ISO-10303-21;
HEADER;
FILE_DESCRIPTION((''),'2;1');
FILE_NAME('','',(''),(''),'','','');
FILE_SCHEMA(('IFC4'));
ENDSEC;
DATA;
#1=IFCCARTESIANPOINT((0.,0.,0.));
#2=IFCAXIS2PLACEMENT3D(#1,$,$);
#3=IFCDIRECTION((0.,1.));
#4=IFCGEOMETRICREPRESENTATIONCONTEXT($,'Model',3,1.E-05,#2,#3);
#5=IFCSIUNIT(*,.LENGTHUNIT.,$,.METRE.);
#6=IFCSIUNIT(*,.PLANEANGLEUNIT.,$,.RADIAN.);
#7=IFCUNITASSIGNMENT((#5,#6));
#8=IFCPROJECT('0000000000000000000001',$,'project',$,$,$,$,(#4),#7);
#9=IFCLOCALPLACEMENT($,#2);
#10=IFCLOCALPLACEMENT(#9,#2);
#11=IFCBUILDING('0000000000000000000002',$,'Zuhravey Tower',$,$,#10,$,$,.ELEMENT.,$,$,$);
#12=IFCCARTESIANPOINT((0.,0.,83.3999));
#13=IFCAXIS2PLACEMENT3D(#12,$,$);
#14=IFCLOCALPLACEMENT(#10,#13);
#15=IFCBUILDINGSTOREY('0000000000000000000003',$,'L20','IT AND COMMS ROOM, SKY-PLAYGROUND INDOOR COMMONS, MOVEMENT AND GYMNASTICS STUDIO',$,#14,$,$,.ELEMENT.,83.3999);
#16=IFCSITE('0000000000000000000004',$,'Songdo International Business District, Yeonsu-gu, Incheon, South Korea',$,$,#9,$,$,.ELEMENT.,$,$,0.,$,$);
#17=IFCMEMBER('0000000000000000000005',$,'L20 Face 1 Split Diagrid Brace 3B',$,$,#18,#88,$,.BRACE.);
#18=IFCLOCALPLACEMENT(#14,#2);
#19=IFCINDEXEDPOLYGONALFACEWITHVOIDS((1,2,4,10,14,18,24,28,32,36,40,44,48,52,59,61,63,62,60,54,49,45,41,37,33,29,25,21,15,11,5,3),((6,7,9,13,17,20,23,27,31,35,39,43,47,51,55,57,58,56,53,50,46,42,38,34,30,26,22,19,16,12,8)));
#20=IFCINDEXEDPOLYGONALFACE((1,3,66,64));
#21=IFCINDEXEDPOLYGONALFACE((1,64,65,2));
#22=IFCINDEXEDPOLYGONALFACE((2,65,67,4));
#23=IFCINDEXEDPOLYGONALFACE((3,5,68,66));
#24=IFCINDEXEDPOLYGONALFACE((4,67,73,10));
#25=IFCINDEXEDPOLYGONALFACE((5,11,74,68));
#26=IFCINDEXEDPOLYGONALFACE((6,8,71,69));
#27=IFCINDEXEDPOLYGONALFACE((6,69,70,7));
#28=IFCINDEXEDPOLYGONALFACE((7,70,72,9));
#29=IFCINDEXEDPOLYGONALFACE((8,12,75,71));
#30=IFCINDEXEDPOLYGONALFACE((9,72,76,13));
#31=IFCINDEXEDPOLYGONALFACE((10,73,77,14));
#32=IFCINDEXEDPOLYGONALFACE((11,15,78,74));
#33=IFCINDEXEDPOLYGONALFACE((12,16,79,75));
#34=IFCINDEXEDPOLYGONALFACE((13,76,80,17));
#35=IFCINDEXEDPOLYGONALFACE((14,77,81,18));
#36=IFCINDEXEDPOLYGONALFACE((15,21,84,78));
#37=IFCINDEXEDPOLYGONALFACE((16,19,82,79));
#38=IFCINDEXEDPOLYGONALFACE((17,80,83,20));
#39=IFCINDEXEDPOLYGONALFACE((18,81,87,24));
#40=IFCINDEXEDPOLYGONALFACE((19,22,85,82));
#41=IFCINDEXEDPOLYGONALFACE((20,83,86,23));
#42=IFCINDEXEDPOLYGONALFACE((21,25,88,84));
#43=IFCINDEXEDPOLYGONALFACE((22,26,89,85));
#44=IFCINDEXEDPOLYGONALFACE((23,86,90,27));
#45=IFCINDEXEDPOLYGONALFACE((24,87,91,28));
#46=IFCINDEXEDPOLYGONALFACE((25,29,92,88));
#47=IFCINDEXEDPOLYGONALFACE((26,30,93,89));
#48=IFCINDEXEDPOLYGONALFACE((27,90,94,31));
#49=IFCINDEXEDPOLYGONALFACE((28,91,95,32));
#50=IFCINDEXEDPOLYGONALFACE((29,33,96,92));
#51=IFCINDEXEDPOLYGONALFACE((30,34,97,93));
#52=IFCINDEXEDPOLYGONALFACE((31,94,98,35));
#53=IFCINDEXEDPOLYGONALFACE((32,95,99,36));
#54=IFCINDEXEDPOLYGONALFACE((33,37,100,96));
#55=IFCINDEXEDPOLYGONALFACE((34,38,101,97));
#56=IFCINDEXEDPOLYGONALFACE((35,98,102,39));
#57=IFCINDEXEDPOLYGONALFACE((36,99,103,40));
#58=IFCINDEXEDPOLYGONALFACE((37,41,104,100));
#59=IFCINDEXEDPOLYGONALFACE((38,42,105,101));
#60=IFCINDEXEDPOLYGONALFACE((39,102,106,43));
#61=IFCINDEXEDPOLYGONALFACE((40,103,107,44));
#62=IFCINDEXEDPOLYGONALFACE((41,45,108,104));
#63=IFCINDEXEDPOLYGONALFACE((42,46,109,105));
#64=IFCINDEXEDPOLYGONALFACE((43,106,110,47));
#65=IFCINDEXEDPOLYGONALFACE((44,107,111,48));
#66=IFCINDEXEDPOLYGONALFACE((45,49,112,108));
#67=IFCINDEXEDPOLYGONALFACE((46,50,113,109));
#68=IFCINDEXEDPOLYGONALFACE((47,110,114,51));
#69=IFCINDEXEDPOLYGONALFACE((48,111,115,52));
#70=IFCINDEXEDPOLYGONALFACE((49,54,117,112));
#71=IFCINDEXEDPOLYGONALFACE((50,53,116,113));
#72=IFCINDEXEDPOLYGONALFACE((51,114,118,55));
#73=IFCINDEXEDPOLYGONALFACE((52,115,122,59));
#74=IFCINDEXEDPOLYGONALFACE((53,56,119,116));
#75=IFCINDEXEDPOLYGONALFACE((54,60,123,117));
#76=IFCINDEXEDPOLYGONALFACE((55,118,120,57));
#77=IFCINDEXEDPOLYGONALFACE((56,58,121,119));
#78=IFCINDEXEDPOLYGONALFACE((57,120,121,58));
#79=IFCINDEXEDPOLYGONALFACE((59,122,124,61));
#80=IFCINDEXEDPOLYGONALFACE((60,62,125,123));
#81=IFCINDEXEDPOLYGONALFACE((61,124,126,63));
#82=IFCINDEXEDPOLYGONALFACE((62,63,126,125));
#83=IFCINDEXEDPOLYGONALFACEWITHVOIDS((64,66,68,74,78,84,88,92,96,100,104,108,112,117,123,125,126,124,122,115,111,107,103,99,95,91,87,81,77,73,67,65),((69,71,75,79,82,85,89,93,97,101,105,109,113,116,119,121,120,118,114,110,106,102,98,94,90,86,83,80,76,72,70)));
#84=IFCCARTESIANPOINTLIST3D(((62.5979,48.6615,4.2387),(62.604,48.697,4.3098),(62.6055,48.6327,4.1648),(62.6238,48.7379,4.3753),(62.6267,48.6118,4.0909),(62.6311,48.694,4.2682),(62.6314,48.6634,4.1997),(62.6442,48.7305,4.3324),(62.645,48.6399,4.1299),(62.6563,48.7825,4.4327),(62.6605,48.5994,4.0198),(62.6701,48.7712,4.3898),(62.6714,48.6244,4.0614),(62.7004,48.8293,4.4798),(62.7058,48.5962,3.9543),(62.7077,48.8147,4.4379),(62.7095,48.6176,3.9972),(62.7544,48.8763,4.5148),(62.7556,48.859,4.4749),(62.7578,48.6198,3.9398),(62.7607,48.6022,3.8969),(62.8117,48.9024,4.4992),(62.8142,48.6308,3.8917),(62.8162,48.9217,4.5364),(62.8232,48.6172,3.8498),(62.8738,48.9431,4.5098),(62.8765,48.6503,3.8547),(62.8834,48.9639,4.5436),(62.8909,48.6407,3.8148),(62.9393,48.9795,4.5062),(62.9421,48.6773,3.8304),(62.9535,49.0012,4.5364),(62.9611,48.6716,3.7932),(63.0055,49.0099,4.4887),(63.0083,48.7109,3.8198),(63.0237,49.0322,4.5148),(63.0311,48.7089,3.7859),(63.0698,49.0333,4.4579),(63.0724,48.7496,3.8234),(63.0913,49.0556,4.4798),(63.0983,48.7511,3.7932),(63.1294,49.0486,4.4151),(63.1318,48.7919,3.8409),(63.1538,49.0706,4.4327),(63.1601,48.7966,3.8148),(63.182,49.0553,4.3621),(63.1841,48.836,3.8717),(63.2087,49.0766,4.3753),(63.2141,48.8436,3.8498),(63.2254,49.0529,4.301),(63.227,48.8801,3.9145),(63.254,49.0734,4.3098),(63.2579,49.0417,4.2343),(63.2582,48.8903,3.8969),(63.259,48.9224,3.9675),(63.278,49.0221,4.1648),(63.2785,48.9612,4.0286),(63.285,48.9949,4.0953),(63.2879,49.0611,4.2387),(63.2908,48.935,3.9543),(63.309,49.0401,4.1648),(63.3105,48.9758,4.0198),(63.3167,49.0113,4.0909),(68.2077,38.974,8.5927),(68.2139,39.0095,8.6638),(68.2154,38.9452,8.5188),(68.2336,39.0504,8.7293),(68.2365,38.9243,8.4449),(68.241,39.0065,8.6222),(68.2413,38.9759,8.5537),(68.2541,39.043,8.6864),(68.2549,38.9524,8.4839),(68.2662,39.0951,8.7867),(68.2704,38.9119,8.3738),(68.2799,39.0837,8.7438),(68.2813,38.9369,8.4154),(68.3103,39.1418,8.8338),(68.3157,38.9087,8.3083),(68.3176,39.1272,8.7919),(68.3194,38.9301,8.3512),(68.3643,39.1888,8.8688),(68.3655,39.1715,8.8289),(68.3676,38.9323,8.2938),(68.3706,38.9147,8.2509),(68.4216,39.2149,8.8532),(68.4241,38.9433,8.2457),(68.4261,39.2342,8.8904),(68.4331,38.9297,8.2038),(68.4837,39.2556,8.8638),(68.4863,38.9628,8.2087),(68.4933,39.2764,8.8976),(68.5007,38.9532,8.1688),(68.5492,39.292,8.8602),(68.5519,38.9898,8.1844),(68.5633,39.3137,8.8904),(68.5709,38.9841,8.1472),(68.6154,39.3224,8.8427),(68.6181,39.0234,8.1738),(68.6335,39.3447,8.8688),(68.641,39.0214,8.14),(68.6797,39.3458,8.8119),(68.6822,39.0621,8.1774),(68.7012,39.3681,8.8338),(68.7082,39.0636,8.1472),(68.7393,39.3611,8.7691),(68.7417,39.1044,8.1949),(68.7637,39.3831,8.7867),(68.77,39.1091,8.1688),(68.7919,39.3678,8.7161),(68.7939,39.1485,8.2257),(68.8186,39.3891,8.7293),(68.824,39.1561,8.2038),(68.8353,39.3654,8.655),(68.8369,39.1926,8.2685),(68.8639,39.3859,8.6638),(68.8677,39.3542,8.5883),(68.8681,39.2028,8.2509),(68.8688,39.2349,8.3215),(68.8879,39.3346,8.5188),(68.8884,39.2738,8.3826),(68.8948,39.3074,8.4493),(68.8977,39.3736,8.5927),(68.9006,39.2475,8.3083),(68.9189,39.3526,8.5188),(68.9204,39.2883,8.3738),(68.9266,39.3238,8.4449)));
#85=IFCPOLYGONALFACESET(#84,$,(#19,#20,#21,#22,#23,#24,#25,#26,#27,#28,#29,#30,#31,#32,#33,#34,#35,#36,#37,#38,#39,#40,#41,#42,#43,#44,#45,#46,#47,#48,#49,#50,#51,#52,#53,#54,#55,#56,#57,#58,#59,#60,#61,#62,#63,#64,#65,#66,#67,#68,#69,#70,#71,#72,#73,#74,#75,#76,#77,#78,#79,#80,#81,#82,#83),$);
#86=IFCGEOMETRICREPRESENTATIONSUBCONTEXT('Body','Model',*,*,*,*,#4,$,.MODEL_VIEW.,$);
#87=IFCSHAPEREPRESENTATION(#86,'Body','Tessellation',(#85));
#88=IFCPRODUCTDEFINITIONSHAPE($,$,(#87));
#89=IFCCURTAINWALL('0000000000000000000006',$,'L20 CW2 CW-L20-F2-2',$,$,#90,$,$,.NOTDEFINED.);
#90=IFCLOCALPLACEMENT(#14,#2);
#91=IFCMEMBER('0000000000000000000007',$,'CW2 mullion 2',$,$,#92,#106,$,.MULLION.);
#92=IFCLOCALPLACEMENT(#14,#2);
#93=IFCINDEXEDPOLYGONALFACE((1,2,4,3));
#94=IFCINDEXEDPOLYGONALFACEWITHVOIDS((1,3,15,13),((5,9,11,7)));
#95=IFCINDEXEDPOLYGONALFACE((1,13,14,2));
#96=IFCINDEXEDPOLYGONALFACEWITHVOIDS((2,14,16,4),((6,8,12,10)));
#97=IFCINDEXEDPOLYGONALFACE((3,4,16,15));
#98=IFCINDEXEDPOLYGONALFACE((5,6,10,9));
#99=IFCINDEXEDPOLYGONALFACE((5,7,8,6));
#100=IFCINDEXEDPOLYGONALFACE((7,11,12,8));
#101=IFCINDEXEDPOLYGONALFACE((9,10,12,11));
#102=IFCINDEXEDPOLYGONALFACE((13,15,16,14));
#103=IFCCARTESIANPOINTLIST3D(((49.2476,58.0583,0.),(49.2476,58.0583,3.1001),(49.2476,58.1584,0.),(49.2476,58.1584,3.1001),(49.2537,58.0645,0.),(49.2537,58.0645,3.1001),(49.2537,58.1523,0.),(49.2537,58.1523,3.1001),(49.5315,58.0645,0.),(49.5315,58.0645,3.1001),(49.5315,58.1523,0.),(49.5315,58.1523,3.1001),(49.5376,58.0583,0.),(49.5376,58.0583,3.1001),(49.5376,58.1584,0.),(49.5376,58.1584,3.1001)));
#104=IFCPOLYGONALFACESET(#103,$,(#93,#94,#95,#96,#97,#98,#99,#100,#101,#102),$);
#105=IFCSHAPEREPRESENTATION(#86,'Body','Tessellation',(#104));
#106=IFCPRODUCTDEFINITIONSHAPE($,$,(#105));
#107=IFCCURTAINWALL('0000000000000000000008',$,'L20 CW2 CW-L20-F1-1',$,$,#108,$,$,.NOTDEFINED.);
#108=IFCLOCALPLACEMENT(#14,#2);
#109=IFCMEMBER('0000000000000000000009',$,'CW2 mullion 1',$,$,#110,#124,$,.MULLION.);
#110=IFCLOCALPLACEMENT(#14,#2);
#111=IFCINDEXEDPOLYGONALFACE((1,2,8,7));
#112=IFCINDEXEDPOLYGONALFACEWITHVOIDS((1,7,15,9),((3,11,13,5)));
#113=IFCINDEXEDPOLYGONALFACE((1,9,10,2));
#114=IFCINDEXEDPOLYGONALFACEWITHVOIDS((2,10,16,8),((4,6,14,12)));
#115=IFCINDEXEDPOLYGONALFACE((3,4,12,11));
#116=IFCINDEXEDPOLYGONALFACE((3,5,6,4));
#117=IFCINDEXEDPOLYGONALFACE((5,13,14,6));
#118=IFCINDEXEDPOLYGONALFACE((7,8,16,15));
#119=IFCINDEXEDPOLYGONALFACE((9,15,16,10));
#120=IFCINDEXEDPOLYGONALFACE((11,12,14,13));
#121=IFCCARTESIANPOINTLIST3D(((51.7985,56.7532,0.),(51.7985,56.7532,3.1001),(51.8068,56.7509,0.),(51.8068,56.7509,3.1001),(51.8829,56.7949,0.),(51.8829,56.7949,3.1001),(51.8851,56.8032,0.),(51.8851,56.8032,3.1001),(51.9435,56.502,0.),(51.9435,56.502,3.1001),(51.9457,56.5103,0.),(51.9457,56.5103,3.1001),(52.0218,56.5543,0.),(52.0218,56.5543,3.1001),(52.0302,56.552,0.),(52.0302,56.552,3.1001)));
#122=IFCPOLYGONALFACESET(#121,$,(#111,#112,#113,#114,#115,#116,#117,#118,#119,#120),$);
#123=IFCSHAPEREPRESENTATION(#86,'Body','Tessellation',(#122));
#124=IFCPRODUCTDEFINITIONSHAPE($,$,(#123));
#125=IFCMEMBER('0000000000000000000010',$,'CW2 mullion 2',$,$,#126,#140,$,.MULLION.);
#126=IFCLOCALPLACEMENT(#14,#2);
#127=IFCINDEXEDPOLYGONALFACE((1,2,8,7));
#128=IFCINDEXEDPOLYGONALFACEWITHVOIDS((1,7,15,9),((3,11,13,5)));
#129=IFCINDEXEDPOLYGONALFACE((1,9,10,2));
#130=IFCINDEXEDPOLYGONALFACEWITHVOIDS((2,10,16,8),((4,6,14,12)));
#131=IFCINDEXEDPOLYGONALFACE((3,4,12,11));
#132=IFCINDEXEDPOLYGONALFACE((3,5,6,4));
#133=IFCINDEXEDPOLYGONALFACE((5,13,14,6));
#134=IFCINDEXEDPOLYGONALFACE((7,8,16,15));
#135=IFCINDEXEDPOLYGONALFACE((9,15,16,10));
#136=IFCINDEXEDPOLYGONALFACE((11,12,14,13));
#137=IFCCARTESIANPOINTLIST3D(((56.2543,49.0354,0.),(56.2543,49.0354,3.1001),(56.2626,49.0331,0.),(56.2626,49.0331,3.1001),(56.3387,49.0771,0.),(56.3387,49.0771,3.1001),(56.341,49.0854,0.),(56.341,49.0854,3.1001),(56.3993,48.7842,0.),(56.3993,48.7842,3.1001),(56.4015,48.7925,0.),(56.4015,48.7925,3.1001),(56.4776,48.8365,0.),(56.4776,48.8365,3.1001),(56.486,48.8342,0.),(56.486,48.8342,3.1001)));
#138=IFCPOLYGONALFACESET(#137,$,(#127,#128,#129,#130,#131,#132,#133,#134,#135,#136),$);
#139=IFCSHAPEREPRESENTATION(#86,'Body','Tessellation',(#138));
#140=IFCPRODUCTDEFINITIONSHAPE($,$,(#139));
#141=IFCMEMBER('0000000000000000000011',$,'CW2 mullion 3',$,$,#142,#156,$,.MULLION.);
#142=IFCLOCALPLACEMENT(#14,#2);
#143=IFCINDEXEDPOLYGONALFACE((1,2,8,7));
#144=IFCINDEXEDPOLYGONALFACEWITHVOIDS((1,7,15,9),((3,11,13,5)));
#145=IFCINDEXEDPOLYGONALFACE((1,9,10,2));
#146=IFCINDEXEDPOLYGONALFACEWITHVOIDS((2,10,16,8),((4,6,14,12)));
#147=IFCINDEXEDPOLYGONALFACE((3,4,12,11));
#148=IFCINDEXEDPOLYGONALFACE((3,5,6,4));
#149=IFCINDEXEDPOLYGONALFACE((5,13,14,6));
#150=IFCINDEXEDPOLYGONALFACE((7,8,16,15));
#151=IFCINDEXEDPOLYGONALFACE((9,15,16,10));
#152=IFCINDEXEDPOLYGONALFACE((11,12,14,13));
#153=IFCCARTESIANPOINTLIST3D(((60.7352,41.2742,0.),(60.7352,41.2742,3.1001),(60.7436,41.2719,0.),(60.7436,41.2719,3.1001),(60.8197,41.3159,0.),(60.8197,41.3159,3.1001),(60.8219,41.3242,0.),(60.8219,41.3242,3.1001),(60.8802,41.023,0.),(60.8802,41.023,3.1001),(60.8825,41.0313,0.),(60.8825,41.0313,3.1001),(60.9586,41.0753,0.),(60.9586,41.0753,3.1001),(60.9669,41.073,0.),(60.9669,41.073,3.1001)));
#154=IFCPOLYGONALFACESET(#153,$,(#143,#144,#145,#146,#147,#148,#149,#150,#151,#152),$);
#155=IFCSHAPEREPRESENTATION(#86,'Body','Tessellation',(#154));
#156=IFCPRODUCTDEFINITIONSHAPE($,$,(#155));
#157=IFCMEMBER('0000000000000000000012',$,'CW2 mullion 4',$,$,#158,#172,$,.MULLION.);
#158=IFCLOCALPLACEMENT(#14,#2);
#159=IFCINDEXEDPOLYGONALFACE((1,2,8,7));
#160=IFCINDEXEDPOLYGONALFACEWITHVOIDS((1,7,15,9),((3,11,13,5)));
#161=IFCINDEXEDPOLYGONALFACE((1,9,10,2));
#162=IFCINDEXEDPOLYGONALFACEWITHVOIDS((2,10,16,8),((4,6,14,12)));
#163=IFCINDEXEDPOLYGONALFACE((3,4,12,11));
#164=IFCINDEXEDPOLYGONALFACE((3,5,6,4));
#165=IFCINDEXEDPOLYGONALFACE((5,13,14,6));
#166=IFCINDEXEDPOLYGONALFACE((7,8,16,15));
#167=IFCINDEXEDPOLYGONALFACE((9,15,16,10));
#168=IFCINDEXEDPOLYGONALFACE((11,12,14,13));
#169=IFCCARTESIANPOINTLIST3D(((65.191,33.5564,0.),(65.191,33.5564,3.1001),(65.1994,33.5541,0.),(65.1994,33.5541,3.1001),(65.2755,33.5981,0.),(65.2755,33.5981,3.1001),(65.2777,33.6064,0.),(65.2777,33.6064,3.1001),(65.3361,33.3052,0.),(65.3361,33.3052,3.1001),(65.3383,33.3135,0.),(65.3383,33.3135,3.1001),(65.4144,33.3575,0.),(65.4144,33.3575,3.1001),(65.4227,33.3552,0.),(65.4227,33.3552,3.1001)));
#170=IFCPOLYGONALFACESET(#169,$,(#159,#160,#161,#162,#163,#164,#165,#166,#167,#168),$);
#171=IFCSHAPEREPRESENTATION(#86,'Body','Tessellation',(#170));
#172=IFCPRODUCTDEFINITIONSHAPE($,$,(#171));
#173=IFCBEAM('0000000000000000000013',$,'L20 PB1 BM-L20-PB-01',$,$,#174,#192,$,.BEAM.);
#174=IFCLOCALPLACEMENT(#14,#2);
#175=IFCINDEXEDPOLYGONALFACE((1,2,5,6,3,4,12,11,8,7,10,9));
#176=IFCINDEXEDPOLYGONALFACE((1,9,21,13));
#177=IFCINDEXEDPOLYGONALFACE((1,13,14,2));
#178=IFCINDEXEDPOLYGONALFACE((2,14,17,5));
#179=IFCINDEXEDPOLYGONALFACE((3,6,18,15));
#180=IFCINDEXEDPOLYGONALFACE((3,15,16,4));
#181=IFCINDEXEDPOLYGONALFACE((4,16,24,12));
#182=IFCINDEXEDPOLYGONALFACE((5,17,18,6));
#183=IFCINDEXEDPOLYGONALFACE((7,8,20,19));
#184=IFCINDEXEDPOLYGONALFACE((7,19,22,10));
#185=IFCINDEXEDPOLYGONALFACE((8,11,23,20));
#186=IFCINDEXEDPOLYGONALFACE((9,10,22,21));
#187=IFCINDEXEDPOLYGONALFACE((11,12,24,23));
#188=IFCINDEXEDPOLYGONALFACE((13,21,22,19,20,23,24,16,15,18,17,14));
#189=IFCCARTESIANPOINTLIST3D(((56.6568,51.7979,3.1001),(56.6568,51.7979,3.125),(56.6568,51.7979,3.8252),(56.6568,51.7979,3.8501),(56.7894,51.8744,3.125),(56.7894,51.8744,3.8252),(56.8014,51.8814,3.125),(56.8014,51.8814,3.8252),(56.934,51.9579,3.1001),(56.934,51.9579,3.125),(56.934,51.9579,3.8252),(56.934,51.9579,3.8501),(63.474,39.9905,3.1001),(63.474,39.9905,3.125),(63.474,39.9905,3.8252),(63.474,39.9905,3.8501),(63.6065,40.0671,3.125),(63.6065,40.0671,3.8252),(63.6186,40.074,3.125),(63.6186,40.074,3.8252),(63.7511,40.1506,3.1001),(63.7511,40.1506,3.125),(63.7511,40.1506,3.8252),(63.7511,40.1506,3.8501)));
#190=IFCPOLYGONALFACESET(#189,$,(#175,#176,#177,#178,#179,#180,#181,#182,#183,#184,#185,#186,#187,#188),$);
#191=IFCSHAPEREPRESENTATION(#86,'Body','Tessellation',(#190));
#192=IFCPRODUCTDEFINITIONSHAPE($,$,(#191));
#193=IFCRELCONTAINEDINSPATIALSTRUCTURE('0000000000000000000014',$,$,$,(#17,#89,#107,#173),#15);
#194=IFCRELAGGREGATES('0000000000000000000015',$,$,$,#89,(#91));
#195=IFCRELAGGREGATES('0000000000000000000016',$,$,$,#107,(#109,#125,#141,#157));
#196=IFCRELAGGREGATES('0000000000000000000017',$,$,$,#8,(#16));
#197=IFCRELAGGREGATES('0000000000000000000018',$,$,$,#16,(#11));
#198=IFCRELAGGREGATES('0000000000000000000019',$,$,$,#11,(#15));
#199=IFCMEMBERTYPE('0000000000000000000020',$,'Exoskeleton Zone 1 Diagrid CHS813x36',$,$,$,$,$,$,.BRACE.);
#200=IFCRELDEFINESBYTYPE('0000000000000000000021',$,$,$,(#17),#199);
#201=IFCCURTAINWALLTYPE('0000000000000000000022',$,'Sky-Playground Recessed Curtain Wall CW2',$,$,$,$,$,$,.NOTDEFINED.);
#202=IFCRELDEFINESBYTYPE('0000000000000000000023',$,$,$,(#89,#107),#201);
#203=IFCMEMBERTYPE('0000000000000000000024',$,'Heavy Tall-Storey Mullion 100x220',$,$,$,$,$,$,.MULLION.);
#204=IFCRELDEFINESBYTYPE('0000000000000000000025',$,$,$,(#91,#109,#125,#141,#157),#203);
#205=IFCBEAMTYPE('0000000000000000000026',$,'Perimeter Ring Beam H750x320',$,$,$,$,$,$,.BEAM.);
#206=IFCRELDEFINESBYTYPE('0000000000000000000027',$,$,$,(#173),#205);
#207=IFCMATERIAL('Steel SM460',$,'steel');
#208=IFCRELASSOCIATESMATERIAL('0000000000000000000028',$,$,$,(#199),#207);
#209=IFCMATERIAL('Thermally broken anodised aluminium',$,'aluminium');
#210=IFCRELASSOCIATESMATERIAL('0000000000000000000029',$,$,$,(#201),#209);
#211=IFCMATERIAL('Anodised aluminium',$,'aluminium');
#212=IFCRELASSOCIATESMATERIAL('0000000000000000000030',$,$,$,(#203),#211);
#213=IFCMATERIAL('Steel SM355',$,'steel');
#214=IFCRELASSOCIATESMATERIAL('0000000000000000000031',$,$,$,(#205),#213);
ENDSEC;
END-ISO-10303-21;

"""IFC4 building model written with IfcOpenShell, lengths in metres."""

from ifc_helpers import new_model, si_unit, direction, frame, origin, origin_2d, place, context, subcontext, project, spatial, hollow_rectangle, hollow_circle, i_section, extrude, material, material_profile, profile_set, type_object, element, aggregate, save


model = new_model("IFC4")

# Units and contexts
model_context = context("Model", 3, precision=1e-05, world=origin(), true_north=direction((0.0, 1.0)))
body_context = subcontext(model_context, "Body", "Model", "MODEL_VIEW")
ifc_project = project(units=[si_unit("LENGTHUNIT", "METRE"), si_unit("PLANEANGLEUNIT", "RADIAN")], contexts=[model_context])

# Site, building, storey
site_placement = place(None, origin())
site = spatial("IfcSite", under=ifc_project, at=site_placement, Name="Songdo International Business District, Yeonsu-gu, Incheon, South Korea", CompositionType="ELEMENT", RefElevation=0.0)
building_placement = place(site_placement, origin())
building = spatial("IfcBuilding", under=site, at=building_placement, Name="Zuhravey Tower", CompositionType="ELEMENT")
storey_placement = place(building_placement, frame((0.0, 0.0, 83.3999)))
storey = spatial("IfcBuildingStorey", under=building, at=storey_placement, Name="L20", Description="IT AND COMMS ROOM, SKY-PLAYGROUND INDOOR COMMONS, MOVEMENT AND GYMNASTICS STUDIO", CompositionType="ELEMENT", Elevation=83.3999)

# Member
ifc_material_1 = material(Name="Steel SM460", Category="steel")
ifc_material_profile_1 = material_profile(ifc_material_1, hollow_circle(Radius=0.4065, WallThickness=0.0359, at=origin_2d()), Name="CHS-812.8x36")
ifc_profile_set_1 = profile_set([ifc_material_profile_1], Name="Steel SM460")
member_type_1 = type_object("IfcMemberType", Name="Exoskeleton Zone 1 Diagrid CHS813x36", PredefinedType="BRACE", material=ifc_profile_set_1)
member_1_placement = place(storey_placement, frame((62.9573, 48.8364, 4.1648), z_axis=(0.467042, -0.80652, 0.362487), x_axis=(0.865376, 0.501124, 0.0)))
element("IfcMember", 1, at=member_1_placement, inside=storey, type_object=member_type_1, Name="L20 Face 1 Split Diagrid Brace 3B", PredefinedType="BRACE", context=body_context, shape_type="SweptSolid", body=[
    extrude(hollow_circle(Radius=0.4065, WallThickness=0.0359, at=origin_2d()), origin(), (0.0, 0.0, 1.0), 12.0115),
])

# Curtain wall, member
ifc_material_2 = material(Name="Thermally broken anodised aluminium", Category="aluminium")
curtain_wall_type = type_object("IfcCurtainWallType", Name="Sky-Playground Recessed Curtain Wall CW2", PredefinedType="NOTDEFINED", material=ifc_material_2)
curtain_wall_1_placement = place(storey_placement, origin())
curtain_wall_1 = element("IfcCurtainWall", 2, at=curtain_wall_1_placement, inside=storey, type_object=curtain_wall_type, Name="L20 CW2 CW-L20-F2-2", PredefinedType="NOTDEFINED")
ifc_material_3 = material(Name="Anodised aluminium", Category="aluminium")
ifc_material_profile_2 = material_profile(ifc_material_3, hollow_rectangle(XDim=0.1001, YDim=0.29, WallThickness=0.0061, at=origin_2d()), Name="ALU-RHS-100x290x6")
ifc_profile_set_2 = profile_set([ifc_material_profile_2], Name="Anodised aluminium")
member_type_2 = type_object("IfcMemberType", Name="Heavy Tall-Storey Mullion 100x220", PredefinedType="MULLION", material=ifc_profile_set_2)
member_2_placement = place(storey_placement, frame((49.3926, 58.1084, 0.0), z_axis=(0.0, 0.0, 1.0), x_axis=(0.0, 1.0, 0.0)))
member_2 = element("IfcMember", 3, at=member_2_placement, type_object=member_type_2, Name="CW2 mullion 2", PredefinedType="MULLION", context=body_context, shape_type="SweptSolid", body=[
    extrude(hollow_rectangle(XDim=0.1001, YDim=0.29, WallThickness=0.0061, at=origin_2d()), origin(), (0.0, 0.0, 1.0), 3.1001),
])
aggregate(curtain_wall_1, [member_2])

# Curtain wall, members
curtain_wall_2_placement = place(storey_placement, origin())
curtain_wall_2 = element("IfcCurtainWall", 4, at=curtain_wall_2_placement, inside=storey, type_object=curtain_wall_type, Name="L20 CW2 CW-L20-F1-1", PredefinedType="NOTDEFINED")
member_3_placement = place(storey_placement, frame((51.9143, 56.6526, 0.0), z_axis=(0.0, 0.0, 1.0), x_axis=(0.866026, 0.499999, 0.0)))
member_3 = element("IfcMember", 5, at=member_3_placement, type_object=member_type_2, Name="CW2 mullion 1", PredefinedType="MULLION", context=body_context, shape_type="SweptSolid", body=[
    extrude(hollow_rectangle(XDim=0.1001, YDim=0.29, WallThickness=0.0061, at=origin_2d()), origin(), (0.0, 0.0, 1.0), 3.1001),
])
member_4_placement = place(storey_placement, frame((56.3701, 48.9348, 0.0), z_axis=(0.0, 0.0, 1.0), x_axis=(0.866026, 0.499999, 0.0)))
member_4 = element("IfcMember", 6, at=member_4_placement, type_object=member_type_2, Name="CW2 mullion 2", PredefinedType="MULLION", context=body_context, shape_type="SweptSolid", body=[
    extrude(hollow_rectangle(XDim=0.1001, YDim=0.29, WallThickness=0.0061, at=origin_2d()), origin(), (0.0, 0.0, 1.0), 3.1001),
])
member_5_placement = place(storey_placement, frame((60.8511, 41.1736, 0.0), z_axis=(0.0, 0.0, 1.0), x_axis=(0.866026, 0.499999, 0.0)))
member_5 = element("IfcMember", 7, at=member_5_placement, type_object=member_type_2, Name="CW2 mullion 3", PredefinedType="MULLION", context=body_context, shape_type="SweptSolid", body=[
    extrude(hollow_rectangle(XDim=0.1001, YDim=0.29, WallThickness=0.0061, at=origin_2d()), origin(), (0.0, 0.0, 1.0), 3.1001),
])
member_6_placement = place(storey_placement, frame((65.3069, 33.4558, 0.0), z_axis=(0.0, 0.0, 1.0), x_axis=(0.866026, 0.499999, 0.0)))
member_6 = element("IfcMember", 8, at=member_6_placement, type_object=member_type_2, Name="CW2 mullion 4", PredefinedType="MULLION", context=body_context, shape_type="SweptSolid", body=[
    extrude(hollow_rectangle(XDim=0.1001, YDim=0.29, WallThickness=0.0061, at=origin_2d()), origin(), (0.0, 0.0, 1.0), 3.1001),
])

# Beam
ifc_material_4 = material(Name="Steel SM355", Category="steel")
ifc_material_profile_3 = material_profile(ifc_material_4, i_section(OverallWidth=0.3201, OverallDepth=0.75, WebThickness=0.0139, FlangeThickness=0.0249, at=origin_2d()), Name="H-750x320x14x25")
ifc_profile_set_3 = profile_set([ifc_material_profile_3], Name="Steel SM355")
beam_type_1 = type_object("IfcBeamType", Name="Perimeter Ring Beam H750x320", PredefinedType="BEAM", material=ifc_profile_set_3)
beam_1_placement = place(storey_placement, frame((63.6125, 40.0706, 3.4751), z_axis=(-0.500008, 0.866021, 0.0), x_axis=(-0.866021, -0.500008, 0.0)))
element("IfcBeam", 9, at=beam_1_placement, inside=storey, type_object=beam_type_1, Name="L20 PB1 BM-L20-PB-01", PredefinedType="BEAM", context=body_context, shape_type="SweptSolid", body=[
    extrude(i_section(OverallWidth=0.3201, OverallDepth=0.75, WebThickness=0.0139, FlangeThickness=0.0249, at=origin_2d()), origin(), (0.0, 0.0, 1.0), 13.634),
])

aggregate(curtain_wall_2, [member_3, member_4, member_5, member_6])

save(model, "model.ifc")
